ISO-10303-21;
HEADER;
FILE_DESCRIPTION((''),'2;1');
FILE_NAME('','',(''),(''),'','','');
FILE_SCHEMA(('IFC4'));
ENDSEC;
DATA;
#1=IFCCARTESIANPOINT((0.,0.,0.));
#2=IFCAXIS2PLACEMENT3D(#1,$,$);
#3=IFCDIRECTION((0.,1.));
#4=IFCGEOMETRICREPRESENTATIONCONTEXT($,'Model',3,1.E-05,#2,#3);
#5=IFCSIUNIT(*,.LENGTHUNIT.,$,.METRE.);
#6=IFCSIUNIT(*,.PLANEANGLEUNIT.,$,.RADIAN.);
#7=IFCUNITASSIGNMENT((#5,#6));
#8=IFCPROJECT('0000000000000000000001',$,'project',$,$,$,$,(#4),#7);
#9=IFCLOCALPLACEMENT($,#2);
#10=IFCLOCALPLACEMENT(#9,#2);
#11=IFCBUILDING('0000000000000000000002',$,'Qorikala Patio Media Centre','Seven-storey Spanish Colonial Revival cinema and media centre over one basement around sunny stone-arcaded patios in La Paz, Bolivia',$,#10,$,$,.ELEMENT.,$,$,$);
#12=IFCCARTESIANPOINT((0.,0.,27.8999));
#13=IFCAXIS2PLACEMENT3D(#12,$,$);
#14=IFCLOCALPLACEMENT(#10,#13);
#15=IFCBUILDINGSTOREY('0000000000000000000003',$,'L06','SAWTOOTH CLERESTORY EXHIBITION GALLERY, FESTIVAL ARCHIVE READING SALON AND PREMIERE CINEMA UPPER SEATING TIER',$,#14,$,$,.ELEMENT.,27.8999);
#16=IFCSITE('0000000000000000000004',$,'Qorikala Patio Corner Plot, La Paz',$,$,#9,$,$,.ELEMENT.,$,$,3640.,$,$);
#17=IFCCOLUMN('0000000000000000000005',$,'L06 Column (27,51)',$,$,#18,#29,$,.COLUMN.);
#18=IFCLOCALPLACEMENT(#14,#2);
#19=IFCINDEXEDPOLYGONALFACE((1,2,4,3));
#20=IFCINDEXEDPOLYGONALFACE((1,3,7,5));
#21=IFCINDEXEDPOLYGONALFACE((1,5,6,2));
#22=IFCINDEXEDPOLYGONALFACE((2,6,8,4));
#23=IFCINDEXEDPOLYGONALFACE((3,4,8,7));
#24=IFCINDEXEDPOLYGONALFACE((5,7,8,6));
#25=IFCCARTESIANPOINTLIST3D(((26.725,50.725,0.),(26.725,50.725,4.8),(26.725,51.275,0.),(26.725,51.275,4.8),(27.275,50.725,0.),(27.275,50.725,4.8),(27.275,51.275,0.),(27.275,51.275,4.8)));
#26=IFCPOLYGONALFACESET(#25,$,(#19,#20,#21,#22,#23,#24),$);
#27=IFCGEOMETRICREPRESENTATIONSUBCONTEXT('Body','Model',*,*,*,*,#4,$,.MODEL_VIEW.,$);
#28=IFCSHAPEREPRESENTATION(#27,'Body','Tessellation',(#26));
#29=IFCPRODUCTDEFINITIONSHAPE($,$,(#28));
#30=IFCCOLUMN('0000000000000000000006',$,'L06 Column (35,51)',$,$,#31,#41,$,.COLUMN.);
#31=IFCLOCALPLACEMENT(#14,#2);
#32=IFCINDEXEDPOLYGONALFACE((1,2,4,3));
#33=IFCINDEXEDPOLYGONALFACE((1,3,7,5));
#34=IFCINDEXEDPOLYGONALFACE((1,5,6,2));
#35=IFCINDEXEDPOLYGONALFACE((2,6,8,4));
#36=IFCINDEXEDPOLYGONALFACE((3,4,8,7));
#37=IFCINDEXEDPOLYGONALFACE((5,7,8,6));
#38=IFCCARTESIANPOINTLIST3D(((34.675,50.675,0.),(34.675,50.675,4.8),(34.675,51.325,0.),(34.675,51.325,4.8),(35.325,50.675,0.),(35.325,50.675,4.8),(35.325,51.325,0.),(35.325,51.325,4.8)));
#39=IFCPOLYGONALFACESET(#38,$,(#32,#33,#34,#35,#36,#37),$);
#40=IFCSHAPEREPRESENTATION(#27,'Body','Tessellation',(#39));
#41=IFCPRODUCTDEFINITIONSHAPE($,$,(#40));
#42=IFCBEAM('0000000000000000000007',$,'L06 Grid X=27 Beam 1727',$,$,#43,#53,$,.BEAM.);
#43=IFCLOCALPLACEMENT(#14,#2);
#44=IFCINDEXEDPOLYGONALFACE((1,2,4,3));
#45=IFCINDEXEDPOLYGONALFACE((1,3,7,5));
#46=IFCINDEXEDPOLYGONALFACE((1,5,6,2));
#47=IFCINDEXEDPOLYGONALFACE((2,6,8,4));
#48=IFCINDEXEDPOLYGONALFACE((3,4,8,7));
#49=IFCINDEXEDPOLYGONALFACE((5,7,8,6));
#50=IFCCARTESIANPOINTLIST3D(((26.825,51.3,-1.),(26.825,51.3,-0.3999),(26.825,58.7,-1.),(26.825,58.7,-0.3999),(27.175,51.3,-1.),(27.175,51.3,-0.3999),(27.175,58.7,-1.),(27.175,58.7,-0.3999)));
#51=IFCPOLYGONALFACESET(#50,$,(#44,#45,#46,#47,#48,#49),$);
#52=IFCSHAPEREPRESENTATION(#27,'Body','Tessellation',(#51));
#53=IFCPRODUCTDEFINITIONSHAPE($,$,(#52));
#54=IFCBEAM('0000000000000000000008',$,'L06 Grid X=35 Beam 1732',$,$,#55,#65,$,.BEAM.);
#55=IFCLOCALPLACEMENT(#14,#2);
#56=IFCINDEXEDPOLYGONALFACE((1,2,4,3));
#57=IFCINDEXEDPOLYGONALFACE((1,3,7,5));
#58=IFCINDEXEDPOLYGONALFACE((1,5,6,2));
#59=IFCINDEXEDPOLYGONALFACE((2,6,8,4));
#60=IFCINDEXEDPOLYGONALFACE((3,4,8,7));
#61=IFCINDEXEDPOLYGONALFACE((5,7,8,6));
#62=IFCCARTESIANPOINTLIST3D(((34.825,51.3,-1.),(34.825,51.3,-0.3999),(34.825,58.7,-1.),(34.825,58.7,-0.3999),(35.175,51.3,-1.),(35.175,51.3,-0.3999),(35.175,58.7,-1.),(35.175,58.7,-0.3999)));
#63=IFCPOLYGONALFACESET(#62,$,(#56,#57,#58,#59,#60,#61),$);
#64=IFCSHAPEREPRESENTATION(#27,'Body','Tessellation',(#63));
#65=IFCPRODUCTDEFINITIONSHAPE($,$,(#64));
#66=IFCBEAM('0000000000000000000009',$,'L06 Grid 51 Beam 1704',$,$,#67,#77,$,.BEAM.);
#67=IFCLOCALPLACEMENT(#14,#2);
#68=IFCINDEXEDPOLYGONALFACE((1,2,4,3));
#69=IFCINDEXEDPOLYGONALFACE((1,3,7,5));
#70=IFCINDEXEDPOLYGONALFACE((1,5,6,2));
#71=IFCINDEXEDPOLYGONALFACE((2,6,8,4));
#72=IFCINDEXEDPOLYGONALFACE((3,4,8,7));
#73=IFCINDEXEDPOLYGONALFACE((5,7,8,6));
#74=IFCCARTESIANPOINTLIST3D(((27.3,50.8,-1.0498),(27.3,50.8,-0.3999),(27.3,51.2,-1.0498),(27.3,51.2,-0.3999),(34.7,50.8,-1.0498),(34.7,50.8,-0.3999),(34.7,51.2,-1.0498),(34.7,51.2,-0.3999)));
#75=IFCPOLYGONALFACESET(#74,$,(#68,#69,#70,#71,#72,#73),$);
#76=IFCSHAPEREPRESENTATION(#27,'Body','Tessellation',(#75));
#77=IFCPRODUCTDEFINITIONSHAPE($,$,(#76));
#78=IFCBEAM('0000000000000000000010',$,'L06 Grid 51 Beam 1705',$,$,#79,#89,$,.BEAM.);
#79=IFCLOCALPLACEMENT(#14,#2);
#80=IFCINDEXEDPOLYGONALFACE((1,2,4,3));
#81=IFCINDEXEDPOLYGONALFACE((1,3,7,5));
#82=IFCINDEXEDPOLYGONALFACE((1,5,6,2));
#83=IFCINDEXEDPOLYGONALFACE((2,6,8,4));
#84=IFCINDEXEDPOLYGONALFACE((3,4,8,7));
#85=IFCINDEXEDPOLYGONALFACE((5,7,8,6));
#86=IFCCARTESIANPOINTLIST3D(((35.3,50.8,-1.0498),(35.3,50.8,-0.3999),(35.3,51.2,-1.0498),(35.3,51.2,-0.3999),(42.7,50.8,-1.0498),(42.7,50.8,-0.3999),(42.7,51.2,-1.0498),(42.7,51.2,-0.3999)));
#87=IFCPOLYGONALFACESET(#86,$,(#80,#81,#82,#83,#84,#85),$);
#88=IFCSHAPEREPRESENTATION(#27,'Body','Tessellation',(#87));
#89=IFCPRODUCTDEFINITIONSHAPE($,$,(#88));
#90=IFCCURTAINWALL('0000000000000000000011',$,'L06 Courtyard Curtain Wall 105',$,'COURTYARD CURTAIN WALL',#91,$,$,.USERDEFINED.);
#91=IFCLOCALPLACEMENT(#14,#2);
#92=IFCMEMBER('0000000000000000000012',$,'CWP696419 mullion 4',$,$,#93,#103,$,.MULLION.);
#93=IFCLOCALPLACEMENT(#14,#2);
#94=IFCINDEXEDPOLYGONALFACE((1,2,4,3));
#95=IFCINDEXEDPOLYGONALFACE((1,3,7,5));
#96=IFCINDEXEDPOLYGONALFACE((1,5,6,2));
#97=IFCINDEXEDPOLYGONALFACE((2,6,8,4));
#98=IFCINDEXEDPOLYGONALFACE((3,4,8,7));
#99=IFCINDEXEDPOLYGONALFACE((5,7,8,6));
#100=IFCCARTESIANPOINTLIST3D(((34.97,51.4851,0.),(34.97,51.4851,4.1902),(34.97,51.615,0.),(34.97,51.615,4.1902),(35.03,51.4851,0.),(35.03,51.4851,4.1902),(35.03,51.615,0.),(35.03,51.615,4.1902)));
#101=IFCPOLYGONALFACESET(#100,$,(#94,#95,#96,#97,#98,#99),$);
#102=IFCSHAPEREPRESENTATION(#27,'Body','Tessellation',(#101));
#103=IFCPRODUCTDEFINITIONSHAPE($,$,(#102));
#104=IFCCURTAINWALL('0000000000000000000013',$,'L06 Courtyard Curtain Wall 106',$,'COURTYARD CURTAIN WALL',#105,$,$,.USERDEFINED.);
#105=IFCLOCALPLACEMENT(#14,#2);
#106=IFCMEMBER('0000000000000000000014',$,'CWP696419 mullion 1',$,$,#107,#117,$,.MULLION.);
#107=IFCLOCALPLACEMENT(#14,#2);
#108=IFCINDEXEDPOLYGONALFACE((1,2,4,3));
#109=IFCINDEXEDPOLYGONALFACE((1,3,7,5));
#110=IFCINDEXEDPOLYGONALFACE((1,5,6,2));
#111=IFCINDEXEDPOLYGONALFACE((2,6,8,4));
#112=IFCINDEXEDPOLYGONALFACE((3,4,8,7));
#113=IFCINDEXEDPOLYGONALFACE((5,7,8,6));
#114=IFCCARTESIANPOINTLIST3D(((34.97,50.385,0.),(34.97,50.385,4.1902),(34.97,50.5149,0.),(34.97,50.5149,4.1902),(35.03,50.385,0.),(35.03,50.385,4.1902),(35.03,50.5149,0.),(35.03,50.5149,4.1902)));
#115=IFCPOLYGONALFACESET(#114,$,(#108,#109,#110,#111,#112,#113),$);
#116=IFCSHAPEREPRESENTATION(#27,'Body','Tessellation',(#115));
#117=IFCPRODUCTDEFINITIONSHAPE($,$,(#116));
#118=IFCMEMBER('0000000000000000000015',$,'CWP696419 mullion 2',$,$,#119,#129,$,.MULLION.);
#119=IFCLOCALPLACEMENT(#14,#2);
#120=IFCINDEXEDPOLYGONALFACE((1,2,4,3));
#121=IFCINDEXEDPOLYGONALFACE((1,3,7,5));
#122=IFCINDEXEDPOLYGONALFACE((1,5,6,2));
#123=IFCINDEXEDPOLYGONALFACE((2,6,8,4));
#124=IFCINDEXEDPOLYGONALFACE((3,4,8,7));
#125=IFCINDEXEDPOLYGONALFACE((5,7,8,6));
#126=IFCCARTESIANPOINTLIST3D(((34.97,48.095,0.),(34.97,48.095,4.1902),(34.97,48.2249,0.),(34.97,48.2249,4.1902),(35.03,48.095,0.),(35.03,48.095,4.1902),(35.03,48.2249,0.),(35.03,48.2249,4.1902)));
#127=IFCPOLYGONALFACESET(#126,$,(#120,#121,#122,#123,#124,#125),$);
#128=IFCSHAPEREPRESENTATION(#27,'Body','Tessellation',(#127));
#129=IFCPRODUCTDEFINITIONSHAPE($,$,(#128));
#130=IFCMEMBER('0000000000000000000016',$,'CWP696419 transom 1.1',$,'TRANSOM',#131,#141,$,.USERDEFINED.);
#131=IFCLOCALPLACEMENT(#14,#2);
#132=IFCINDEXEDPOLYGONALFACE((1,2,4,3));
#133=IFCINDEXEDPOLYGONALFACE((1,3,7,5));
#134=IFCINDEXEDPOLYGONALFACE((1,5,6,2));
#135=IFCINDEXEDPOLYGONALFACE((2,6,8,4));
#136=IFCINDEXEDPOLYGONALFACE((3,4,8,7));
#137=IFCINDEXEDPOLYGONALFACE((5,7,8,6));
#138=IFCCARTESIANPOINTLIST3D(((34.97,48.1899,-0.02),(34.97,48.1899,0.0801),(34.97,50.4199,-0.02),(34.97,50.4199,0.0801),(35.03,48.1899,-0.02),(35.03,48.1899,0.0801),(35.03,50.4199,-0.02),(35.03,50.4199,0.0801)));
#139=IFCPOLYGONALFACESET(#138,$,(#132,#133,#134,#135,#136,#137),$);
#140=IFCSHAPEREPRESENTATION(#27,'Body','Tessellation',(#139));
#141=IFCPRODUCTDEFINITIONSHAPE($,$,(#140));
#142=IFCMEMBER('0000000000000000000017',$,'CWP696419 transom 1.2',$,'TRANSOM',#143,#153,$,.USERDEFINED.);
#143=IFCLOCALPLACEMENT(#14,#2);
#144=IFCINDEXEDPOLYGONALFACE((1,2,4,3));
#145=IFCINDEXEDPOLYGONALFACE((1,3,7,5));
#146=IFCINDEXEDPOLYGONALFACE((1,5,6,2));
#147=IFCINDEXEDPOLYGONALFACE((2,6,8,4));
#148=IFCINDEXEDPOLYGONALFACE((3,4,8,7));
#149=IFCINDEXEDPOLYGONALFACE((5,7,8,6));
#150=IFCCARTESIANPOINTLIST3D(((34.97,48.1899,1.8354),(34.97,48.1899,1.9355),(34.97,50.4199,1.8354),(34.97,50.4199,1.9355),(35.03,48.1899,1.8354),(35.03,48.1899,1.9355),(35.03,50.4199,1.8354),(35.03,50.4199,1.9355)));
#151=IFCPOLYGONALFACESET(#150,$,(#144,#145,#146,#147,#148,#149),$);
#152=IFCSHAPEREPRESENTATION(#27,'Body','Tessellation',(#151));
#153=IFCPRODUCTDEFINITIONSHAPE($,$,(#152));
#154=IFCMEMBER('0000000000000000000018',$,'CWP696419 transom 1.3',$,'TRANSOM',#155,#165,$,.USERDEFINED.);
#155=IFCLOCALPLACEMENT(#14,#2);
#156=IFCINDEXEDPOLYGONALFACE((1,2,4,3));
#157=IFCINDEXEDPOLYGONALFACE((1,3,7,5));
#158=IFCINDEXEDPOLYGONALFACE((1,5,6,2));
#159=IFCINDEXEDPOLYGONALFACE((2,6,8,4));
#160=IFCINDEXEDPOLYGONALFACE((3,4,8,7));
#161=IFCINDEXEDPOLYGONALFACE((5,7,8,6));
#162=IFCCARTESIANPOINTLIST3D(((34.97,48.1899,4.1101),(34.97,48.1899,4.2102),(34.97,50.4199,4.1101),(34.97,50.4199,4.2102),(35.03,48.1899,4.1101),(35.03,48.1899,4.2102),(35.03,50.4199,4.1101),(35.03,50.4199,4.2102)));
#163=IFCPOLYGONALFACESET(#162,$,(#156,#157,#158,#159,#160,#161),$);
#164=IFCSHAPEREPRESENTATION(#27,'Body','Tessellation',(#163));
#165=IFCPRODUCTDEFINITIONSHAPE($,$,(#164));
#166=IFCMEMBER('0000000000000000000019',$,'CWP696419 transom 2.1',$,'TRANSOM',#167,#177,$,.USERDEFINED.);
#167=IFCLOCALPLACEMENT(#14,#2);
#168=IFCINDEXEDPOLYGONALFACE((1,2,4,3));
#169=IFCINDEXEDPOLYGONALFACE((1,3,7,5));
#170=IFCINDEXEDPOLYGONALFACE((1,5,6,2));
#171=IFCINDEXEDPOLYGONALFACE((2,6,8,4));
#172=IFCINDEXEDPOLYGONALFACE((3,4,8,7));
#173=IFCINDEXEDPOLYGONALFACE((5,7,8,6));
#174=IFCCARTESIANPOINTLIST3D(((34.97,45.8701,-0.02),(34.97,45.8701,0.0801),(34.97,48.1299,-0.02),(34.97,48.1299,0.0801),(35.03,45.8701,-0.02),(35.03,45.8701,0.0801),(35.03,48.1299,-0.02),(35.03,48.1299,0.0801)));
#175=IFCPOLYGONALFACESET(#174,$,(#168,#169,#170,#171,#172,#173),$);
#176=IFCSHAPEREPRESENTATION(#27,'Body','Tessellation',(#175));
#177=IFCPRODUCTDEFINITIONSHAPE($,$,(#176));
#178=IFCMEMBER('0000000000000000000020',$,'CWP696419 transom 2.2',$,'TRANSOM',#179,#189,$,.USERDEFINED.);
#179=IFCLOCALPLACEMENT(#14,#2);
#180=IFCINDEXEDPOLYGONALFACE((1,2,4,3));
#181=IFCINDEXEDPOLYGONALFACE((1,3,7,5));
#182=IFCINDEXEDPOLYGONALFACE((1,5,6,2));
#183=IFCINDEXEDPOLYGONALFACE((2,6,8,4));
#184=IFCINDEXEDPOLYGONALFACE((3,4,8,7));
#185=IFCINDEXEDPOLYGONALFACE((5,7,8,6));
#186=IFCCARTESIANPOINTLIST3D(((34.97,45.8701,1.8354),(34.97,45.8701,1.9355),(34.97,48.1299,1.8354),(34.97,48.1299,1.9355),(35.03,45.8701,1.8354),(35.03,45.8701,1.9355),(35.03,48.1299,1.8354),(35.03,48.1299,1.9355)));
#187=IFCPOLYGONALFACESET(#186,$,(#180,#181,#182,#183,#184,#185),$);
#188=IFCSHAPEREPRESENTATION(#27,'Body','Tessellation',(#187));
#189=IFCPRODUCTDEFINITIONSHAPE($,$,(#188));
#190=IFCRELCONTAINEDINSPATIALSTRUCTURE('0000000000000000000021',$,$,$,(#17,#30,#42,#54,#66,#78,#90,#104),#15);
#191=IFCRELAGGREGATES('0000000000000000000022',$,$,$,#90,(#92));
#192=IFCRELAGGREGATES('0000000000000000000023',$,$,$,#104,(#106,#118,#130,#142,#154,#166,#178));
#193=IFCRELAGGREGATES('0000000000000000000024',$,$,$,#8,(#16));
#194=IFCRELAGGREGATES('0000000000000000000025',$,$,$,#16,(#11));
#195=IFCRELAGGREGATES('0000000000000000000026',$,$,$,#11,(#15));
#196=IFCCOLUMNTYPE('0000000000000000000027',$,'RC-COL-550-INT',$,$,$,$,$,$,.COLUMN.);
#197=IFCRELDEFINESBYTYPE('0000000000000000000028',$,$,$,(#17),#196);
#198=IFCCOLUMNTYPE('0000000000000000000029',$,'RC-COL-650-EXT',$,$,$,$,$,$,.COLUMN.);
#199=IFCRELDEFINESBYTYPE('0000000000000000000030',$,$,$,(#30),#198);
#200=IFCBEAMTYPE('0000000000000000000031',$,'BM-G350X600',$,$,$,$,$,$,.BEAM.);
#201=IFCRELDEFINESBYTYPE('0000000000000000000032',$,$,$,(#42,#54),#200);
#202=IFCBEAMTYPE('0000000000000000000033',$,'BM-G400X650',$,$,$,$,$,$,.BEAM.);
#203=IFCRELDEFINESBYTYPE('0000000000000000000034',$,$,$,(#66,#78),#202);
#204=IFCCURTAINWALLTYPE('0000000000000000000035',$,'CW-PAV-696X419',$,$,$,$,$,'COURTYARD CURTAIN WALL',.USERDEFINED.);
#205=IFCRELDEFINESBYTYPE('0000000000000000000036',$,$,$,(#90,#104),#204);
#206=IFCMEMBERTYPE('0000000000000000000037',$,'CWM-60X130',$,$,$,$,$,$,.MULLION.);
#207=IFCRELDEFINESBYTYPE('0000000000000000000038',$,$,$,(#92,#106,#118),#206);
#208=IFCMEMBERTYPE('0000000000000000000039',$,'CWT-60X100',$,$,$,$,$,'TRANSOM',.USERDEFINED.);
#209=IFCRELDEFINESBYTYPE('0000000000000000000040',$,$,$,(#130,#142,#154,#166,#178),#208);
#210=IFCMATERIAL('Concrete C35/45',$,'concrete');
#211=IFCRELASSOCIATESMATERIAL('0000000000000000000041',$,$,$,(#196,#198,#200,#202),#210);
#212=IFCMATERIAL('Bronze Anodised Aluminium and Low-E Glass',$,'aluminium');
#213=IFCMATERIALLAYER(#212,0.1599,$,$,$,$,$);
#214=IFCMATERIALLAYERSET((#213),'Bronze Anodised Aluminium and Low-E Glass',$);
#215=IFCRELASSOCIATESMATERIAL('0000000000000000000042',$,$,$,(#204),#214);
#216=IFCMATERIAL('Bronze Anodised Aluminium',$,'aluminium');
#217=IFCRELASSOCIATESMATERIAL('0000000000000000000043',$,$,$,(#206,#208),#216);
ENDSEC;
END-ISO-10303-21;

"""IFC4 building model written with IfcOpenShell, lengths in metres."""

from ifc_helpers import new_model, si_unit, direction, frame, origin, origin_2d, place, context, subcontext, project, spatial, rectangle, extrude, material, layer, layer_set, material_profile, profile_set, type_object, element, aggregate, save


model = new_model("IFC4")

# Units and contexts
model_context = context("Model", 3, precision=1e-05, world=origin(), true_north=direction((0.0, 1.0)))
body_context = subcontext(model_context, "Body", "Model", "MODEL_VIEW")
ifc_project = project(units=[si_unit("LENGTHUNIT", "METRE"), si_unit("PLANEANGLEUNIT", "RADIAN")], contexts=[model_context])

# Site, building, storey
site_placement = place(None, origin())
site = spatial("IfcSite", under=ifc_project, at=site_placement, Name="Qorikala Patio Corner Plot, La Paz", CompositionType="ELEMENT", RefElevation=3640.0)
building_placement = place(site_placement, origin())
building = spatial("IfcBuilding", under=site, at=building_placement, Name="Qorikala Patio Media Centre", Description="Seven-storey Spanish Colonial Revival cinema and media centre over one basement around sunny stone-arcaded patios in La Paz, Bolivia", CompositionType="ELEMENT")
storey_placement = place(building_placement, frame((0.0, 0.0, 27.8999)))
storey = spatial("IfcBuildingStorey", under=building, at=storey_placement, Name="L06", Description="SAWTOOTH CLERESTORY EXHIBITION GALLERY, FESTIVAL ARCHIVE READING SALON AND PREMIERE CINEMA UPPER SEATING TIER", CompositionType="ELEMENT", Elevation=27.8999)

# Columns
ifc_material_1 = material(Name="Concrete C35/45", Category="concrete")
ifc_material_profile_1 = material_profile(ifc_material_1, rectangle(XDim=0.55, YDim=0.55, at=origin_2d()), Name="RC 550x550")
ifc_profile_set_1 = profile_set([ifc_material_profile_1], Name="Concrete C35/45")
column_type_1 = type_object("IfcColumnType", Name="RC-COL-550-INT", PredefinedType="COLUMN", material=ifc_profile_set_1)
column_1_placement = place(storey_placement, frame((27.0, 51.0, 0.0), z_axis=(0.0, 0.0, 1.0), x_axis=(1.0, 0.0, 0.0)))
element("IfcColumn", 1, at=column_1_placement, inside=storey, type_object=column_type_1, Name="L06 Column (27,51)", PredefinedType="COLUMN", context=body_context, shape_type="SweptSolid", body=[
    extrude(rectangle(XDim=0.55, YDim=0.55, at=origin_2d()), origin(), (0.0, 0.0, 1.0), 4.8),
])
ifc_material_profile_2 = material_profile(ifc_material_1, rectangle(XDim=0.6499, YDim=0.6499, at=origin_2d()), Name="RC 650x650")
ifc_profile_set_2 = profile_set([ifc_material_profile_2], Name="Concrete C35/45")
column_type_2 = type_object("IfcColumnType", Name="RC-COL-650-EXT", PredefinedType="COLUMN", material=ifc_profile_set_2)
column_2_placement = place(storey_placement, frame((35.0, 51.0, 0.0), z_axis=(0.0, 0.0, 1.0), x_axis=(1.0, 0.0, 0.0)))
element("IfcColumn", 2, at=column_2_placement, inside=storey, type_object=column_type_2, Name="L06 Column (35,51)", PredefinedType="COLUMN", context=body_context, shape_type="SweptSolid", body=[
    extrude(rectangle(XDim=0.6499, YDim=0.6499, at=origin_2d()), origin(), (0.0, 0.0, 1.0), 4.8),
])

# Beams
ifc_material_profile_3 = material_profile(ifc_material_1, rectangle(XDim=0.3501, YDim=0.6001, at=origin_2d()), Name="RC 350x600")
ifc_profile_set_3 = profile_set([ifc_material_profile_3], Name="Concrete C35/45")
beam_type_1 = type_object("IfcBeamType", Name="BM-G350X600", PredefinedType="BEAM", material=ifc_profile_set_3)
for number, where, z_axis, x_axis, name in (
    (3, (27.0, 51.3, -0.7), (0.0, 1.0, 0.0), (-1.0, 0.0, 0.0), "L06 Grid X=27 Beam 1727"),
    (4, (35.0, 51.3, -0.7), (0.0, 1.0, 0.0), (-1.0, 0.0, 0.0), "L06 Grid X=35 Beam 1732"),
):
    element("IfcBeam", number, at=place(storey_placement, frame(where, z_axis=z_axis, x_axis=x_axis)), inside=storey, type_object=beam_type_1, Name=name, PredefinedType="BEAM", context=body_context, shape_type="SweptSolid", body=[
        extrude(rectangle(XDim=0.3501, YDim=0.6001, at=origin_2d()), origin(), (0.0, 0.0, 1.0), 7.3999),
    ])
ifc_material_profile_4 = material_profile(ifc_material_1, rectangle(XDim=0.3999, YDim=0.6499, at=origin_2d()), Name="RC 400x650")
ifc_profile_set_4 = profile_set([ifc_material_profile_4], Name="Concrete C35/45")
beam_type_2 = type_object("IfcBeamType", Name="BM-G400X650", PredefinedType="BEAM", material=ifc_profile_set_4)
for number, where, z_axis, x_axis, name in (
    (5, (27.3, 51.0, -0.7249), (1.0, 0.0, 0.0), (0.0, 1.0, 0.0), "L06 Grid 51 Beam 1704"),
    (6, (35.3, 51.0, -0.7249), (1.0, 0.0, 0.0), (0.0, 1.0, 0.0), "L06 Grid 51 Beam 1705"),
):
    element("IfcBeam", number, at=place(storey_placement, frame(where, z_axis=z_axis, x_axis=x_axis)), inside=storey, type_object=beam_type_2, Name=name, PredefinedType="BEAM", context=body_context, shape_type="SweptSolid", body=[
        extrude(rectangle(XDim=0.3999, YDim=0.6499, at=origin_2d()), origin(), (0.0, 0.0, 1.0), 7.3999),
    ])

# Curtain wall, member
ifc_material_2 = material(Name="Bronze Anodised Aluminium and Low-E Glass", Category="aluminium")
ifc_layer_1 = layer(ifc_material_2, 0.1599)
ifc_layer_set_1 = layer_set([ifc_layer_1], Name="Bronze Anodised Aluminium and Low-E Glass")
curtain_wall_type = type_object("IfcCurtainWallType", Name="CW-PAV-696X419", ElementType="COURTYARD CURTAIN WALL", PredefinedType="USERDEFINED", material=ifc_layer_set_1)
curtain_wall_1_placement = place(storey_placement, origin())
curtain_wall_1 = element("IfcCurtainWall", 7, at=curtain_wall_1_placement, inside=storey, type_object=curtain_wall_type, Name="L06 Courtyard Curtain Wall 105", ObjectType="COURTYARD CURTAIN WALL", PredefinedType="USERDEFINED")
ifc_material_3 = material(Name="Bronze Anodised Aluminium", Category="aluminium")
ifc_material_profile_5 = material_profile(ifc_material_3, rectangle(XDim=0.0601, YDim=0.1299, at=origin_2d()), Name="ALU MULLION 60x130")
ifc_profile_set_5 = profile_set([ifc_material_profile_5], Name="Bronze Anodised Aluminium")
member_type_1 = type_object("IfcMemberType", Name="CWM-60X130", PredefinedType="MULLION", material=ifc_profile_set_5)
member_1_placement = place(storey_placement, frame((35.0, 51.55, 0.0), z_axis=(0.0, 0.0, 1.0), x_axis=(1.0, 0.0, 0.0)))
member_1 = element("IfcMember", 8, at=member_1_placement, type_object=member_type_1, Name="CWP696419 mullion 4", PredefinedType="MULLION", context=body_context, shape_type="SweptSolid", body=[
    extrude(rectangle(XDim=0.0601, YDim=0.1299, at=origin_2d()), origin(), (0.0, 0.0, 1.0), 4.1902),
])
aggregate(curtain_wall_1, [member_1])

# Curtain wall, members
curtain_wall_2_placement = place(storey_placement, origin())
curtain_wall_2 = element("IfcCurtainWall", 9, at=curtain_wall_2_placement, inside=storey, type_object=curtain_wall_type, Name="L06 Courtyard Curtain Wall 106", ObjectType="COURTYARD CURTAIN WALL", PredefinedType="USERDEFINED")
member_2_placement = place(storey_placement, frame((35.0, 50.45, 0.0), z_axis=(0.0, 0.0, 1.0), x_axis=(1.0, 0.0, 0.0)))
member_2 = element("IfcMember", 10, at=member_2_placement, type_object=member_type_1, Name="CWP696419 mullion 1", PredefinedType="MULLION", context=body_context, shape_type="SweptSolid", body=[
    extrude(rectangle(XDim=0.0601, YDim=0.1299, at=origin_2d()), origin(), (0.0, 0.0, 1.0), 4.1902),
])
member_3_placement = place(storey_placement, frame((35.0, 48.1599, 0.0), z_axis=(0.0, 0.0, 1.0), x_axis=(1.0, 0.0, 0.0)))
member_3 = element("IfcMember", 11, at=member_3_placement, type_object=member_type_1, Name="CWP696419 mullion 2", PredefinedType="MULLION", context=body_context, shape_type="SweptSolid", body=[
    extrude(rectangle(XDim=0.0601, YDim=0.1299, at=origin_2d()), origin(), (0.0, 0.0, 1.0), 4.1902),
])
ifc_material_profile_6 = material_profile(ifc_material_3, rectangle(XDim=0.0601, YDim=0.1001, at=origin_2d()), Name="ALU TRANSOM 60x100")
ifc_profile_set_6 = profile_set([ifc_material_profile_6], Name="Bronze Anodised Aluminium")
member_type_2 = type_object("IfcMemberType", Name="CWT-60X100", ElementType="TRANSOM", PredefinedType="USERDEFINED", material=ifc_profile_set_6)
member_4_placement = place(storey_placement, frame((35.0, 50.4199, 0.03), z_axis=(0.0, -1.0, 0.0), x_axis=(1.0, 0.0, 0.0)))
member_4 = element("IfcMember", 12, at=member_4_placement, type_object=member_type_2, Name="CWP696419 transom 1.1", ObjectType="TRANSOM", PredefinedType="USERDEFINED", context=body_context, shape_type="SweptSolid", body=[
    extrude(rectangle(XDim=0.0601, YDim=0.1001, at=origin_2d()), origin(), (0.0, 0.0, 1.0), 2.23),
])
member_5_placement = place(storey_placement, frame((35.0, 50.4199, 1.8855), z_axis=(0.0, -1.0, 0.0), x_axis=(1.0, 0.0, 0.0)))
member_5 = element("IfcMember", 13, at=member_5_placement, type_object=member_type_2, Name="CWP696419 transom 1.2", ObjectType="TRANSOM", PredefinedType="USERDEFINED", context=body_context, shape_type="SweptSolid", body=[
    extrude(rectangle(XDim=0.0601, YDim=0.1001, at=origin_2d()), origin(), (0.0, 0.0, 1.0), 2.23),
])
member_6_placement = place(storey_placement, frame((35.0, 50.4199, 4.1602), z_axis=(0.0, -1.0, 0.0), x_axis=(1.0, 0.0, 0.0)))
member_6 = element("IfcMember", 14, at=member_6_placement, type_object=member_type_2, Name="CWP696419 transom 1.3", ObjectType="TRANSOM", PredefinedType="USERDEFINED", context=body_context, shape_type="SweptSolid", body=[
    extrude(rectangle(XDim=0.0601, YDim=0.1001, at=origin_2d()), origin(), (0.0, 0.0, 1.0), 2.23),
])
member_7_placement = place(storey_placement, frame((35.0, 48.1299, 0.03), z_axis=(0.0, -1.0, 0.0), x_axis=(1.0, 0.0, 0.0)))
member_7 = element("IfcMember", 15, at=member_7_placement, type_object=member_type_2, Name="CWP696419 transom 2.1", ObjectType="TRANSOM", PredefinedType="USERDEFINED", context=body_context, shape_type="SweptSolid", body=[
    extrude(rectangle(XDim=0.0601, YDim=0.1001, at=origin_2d()), origin(), (0.0, 0.0, 1.0), 2.2598),
])
member_8_placement = place(storey_placement, frame((35.0, 48.1299, 1.8855), z_axis=(0.0, -1.0, 0.0), x_axis=(1.0, 0.0, 0.0)))
member_8 = element("IfcMember", 16, at=member_8_placement, type_object=member_type_2, Name="CWP696419 transom 2.2", ObjectType="TRANSOM", PredefinedType="USERDEFINED", context=body_context, shape_type="SweptSolid", body=[
    extrude(rectangle(XDim=0.0601, YDim=0.1001, at=origin_2d()), origin(), (0.0, 0.0, 1.0), 2.2598),
])

aggregate(curtain_wall_2, [member_2, member_3, member_4, member_5, member_6, member_7, member_8])

save(model, "model.ifc")
